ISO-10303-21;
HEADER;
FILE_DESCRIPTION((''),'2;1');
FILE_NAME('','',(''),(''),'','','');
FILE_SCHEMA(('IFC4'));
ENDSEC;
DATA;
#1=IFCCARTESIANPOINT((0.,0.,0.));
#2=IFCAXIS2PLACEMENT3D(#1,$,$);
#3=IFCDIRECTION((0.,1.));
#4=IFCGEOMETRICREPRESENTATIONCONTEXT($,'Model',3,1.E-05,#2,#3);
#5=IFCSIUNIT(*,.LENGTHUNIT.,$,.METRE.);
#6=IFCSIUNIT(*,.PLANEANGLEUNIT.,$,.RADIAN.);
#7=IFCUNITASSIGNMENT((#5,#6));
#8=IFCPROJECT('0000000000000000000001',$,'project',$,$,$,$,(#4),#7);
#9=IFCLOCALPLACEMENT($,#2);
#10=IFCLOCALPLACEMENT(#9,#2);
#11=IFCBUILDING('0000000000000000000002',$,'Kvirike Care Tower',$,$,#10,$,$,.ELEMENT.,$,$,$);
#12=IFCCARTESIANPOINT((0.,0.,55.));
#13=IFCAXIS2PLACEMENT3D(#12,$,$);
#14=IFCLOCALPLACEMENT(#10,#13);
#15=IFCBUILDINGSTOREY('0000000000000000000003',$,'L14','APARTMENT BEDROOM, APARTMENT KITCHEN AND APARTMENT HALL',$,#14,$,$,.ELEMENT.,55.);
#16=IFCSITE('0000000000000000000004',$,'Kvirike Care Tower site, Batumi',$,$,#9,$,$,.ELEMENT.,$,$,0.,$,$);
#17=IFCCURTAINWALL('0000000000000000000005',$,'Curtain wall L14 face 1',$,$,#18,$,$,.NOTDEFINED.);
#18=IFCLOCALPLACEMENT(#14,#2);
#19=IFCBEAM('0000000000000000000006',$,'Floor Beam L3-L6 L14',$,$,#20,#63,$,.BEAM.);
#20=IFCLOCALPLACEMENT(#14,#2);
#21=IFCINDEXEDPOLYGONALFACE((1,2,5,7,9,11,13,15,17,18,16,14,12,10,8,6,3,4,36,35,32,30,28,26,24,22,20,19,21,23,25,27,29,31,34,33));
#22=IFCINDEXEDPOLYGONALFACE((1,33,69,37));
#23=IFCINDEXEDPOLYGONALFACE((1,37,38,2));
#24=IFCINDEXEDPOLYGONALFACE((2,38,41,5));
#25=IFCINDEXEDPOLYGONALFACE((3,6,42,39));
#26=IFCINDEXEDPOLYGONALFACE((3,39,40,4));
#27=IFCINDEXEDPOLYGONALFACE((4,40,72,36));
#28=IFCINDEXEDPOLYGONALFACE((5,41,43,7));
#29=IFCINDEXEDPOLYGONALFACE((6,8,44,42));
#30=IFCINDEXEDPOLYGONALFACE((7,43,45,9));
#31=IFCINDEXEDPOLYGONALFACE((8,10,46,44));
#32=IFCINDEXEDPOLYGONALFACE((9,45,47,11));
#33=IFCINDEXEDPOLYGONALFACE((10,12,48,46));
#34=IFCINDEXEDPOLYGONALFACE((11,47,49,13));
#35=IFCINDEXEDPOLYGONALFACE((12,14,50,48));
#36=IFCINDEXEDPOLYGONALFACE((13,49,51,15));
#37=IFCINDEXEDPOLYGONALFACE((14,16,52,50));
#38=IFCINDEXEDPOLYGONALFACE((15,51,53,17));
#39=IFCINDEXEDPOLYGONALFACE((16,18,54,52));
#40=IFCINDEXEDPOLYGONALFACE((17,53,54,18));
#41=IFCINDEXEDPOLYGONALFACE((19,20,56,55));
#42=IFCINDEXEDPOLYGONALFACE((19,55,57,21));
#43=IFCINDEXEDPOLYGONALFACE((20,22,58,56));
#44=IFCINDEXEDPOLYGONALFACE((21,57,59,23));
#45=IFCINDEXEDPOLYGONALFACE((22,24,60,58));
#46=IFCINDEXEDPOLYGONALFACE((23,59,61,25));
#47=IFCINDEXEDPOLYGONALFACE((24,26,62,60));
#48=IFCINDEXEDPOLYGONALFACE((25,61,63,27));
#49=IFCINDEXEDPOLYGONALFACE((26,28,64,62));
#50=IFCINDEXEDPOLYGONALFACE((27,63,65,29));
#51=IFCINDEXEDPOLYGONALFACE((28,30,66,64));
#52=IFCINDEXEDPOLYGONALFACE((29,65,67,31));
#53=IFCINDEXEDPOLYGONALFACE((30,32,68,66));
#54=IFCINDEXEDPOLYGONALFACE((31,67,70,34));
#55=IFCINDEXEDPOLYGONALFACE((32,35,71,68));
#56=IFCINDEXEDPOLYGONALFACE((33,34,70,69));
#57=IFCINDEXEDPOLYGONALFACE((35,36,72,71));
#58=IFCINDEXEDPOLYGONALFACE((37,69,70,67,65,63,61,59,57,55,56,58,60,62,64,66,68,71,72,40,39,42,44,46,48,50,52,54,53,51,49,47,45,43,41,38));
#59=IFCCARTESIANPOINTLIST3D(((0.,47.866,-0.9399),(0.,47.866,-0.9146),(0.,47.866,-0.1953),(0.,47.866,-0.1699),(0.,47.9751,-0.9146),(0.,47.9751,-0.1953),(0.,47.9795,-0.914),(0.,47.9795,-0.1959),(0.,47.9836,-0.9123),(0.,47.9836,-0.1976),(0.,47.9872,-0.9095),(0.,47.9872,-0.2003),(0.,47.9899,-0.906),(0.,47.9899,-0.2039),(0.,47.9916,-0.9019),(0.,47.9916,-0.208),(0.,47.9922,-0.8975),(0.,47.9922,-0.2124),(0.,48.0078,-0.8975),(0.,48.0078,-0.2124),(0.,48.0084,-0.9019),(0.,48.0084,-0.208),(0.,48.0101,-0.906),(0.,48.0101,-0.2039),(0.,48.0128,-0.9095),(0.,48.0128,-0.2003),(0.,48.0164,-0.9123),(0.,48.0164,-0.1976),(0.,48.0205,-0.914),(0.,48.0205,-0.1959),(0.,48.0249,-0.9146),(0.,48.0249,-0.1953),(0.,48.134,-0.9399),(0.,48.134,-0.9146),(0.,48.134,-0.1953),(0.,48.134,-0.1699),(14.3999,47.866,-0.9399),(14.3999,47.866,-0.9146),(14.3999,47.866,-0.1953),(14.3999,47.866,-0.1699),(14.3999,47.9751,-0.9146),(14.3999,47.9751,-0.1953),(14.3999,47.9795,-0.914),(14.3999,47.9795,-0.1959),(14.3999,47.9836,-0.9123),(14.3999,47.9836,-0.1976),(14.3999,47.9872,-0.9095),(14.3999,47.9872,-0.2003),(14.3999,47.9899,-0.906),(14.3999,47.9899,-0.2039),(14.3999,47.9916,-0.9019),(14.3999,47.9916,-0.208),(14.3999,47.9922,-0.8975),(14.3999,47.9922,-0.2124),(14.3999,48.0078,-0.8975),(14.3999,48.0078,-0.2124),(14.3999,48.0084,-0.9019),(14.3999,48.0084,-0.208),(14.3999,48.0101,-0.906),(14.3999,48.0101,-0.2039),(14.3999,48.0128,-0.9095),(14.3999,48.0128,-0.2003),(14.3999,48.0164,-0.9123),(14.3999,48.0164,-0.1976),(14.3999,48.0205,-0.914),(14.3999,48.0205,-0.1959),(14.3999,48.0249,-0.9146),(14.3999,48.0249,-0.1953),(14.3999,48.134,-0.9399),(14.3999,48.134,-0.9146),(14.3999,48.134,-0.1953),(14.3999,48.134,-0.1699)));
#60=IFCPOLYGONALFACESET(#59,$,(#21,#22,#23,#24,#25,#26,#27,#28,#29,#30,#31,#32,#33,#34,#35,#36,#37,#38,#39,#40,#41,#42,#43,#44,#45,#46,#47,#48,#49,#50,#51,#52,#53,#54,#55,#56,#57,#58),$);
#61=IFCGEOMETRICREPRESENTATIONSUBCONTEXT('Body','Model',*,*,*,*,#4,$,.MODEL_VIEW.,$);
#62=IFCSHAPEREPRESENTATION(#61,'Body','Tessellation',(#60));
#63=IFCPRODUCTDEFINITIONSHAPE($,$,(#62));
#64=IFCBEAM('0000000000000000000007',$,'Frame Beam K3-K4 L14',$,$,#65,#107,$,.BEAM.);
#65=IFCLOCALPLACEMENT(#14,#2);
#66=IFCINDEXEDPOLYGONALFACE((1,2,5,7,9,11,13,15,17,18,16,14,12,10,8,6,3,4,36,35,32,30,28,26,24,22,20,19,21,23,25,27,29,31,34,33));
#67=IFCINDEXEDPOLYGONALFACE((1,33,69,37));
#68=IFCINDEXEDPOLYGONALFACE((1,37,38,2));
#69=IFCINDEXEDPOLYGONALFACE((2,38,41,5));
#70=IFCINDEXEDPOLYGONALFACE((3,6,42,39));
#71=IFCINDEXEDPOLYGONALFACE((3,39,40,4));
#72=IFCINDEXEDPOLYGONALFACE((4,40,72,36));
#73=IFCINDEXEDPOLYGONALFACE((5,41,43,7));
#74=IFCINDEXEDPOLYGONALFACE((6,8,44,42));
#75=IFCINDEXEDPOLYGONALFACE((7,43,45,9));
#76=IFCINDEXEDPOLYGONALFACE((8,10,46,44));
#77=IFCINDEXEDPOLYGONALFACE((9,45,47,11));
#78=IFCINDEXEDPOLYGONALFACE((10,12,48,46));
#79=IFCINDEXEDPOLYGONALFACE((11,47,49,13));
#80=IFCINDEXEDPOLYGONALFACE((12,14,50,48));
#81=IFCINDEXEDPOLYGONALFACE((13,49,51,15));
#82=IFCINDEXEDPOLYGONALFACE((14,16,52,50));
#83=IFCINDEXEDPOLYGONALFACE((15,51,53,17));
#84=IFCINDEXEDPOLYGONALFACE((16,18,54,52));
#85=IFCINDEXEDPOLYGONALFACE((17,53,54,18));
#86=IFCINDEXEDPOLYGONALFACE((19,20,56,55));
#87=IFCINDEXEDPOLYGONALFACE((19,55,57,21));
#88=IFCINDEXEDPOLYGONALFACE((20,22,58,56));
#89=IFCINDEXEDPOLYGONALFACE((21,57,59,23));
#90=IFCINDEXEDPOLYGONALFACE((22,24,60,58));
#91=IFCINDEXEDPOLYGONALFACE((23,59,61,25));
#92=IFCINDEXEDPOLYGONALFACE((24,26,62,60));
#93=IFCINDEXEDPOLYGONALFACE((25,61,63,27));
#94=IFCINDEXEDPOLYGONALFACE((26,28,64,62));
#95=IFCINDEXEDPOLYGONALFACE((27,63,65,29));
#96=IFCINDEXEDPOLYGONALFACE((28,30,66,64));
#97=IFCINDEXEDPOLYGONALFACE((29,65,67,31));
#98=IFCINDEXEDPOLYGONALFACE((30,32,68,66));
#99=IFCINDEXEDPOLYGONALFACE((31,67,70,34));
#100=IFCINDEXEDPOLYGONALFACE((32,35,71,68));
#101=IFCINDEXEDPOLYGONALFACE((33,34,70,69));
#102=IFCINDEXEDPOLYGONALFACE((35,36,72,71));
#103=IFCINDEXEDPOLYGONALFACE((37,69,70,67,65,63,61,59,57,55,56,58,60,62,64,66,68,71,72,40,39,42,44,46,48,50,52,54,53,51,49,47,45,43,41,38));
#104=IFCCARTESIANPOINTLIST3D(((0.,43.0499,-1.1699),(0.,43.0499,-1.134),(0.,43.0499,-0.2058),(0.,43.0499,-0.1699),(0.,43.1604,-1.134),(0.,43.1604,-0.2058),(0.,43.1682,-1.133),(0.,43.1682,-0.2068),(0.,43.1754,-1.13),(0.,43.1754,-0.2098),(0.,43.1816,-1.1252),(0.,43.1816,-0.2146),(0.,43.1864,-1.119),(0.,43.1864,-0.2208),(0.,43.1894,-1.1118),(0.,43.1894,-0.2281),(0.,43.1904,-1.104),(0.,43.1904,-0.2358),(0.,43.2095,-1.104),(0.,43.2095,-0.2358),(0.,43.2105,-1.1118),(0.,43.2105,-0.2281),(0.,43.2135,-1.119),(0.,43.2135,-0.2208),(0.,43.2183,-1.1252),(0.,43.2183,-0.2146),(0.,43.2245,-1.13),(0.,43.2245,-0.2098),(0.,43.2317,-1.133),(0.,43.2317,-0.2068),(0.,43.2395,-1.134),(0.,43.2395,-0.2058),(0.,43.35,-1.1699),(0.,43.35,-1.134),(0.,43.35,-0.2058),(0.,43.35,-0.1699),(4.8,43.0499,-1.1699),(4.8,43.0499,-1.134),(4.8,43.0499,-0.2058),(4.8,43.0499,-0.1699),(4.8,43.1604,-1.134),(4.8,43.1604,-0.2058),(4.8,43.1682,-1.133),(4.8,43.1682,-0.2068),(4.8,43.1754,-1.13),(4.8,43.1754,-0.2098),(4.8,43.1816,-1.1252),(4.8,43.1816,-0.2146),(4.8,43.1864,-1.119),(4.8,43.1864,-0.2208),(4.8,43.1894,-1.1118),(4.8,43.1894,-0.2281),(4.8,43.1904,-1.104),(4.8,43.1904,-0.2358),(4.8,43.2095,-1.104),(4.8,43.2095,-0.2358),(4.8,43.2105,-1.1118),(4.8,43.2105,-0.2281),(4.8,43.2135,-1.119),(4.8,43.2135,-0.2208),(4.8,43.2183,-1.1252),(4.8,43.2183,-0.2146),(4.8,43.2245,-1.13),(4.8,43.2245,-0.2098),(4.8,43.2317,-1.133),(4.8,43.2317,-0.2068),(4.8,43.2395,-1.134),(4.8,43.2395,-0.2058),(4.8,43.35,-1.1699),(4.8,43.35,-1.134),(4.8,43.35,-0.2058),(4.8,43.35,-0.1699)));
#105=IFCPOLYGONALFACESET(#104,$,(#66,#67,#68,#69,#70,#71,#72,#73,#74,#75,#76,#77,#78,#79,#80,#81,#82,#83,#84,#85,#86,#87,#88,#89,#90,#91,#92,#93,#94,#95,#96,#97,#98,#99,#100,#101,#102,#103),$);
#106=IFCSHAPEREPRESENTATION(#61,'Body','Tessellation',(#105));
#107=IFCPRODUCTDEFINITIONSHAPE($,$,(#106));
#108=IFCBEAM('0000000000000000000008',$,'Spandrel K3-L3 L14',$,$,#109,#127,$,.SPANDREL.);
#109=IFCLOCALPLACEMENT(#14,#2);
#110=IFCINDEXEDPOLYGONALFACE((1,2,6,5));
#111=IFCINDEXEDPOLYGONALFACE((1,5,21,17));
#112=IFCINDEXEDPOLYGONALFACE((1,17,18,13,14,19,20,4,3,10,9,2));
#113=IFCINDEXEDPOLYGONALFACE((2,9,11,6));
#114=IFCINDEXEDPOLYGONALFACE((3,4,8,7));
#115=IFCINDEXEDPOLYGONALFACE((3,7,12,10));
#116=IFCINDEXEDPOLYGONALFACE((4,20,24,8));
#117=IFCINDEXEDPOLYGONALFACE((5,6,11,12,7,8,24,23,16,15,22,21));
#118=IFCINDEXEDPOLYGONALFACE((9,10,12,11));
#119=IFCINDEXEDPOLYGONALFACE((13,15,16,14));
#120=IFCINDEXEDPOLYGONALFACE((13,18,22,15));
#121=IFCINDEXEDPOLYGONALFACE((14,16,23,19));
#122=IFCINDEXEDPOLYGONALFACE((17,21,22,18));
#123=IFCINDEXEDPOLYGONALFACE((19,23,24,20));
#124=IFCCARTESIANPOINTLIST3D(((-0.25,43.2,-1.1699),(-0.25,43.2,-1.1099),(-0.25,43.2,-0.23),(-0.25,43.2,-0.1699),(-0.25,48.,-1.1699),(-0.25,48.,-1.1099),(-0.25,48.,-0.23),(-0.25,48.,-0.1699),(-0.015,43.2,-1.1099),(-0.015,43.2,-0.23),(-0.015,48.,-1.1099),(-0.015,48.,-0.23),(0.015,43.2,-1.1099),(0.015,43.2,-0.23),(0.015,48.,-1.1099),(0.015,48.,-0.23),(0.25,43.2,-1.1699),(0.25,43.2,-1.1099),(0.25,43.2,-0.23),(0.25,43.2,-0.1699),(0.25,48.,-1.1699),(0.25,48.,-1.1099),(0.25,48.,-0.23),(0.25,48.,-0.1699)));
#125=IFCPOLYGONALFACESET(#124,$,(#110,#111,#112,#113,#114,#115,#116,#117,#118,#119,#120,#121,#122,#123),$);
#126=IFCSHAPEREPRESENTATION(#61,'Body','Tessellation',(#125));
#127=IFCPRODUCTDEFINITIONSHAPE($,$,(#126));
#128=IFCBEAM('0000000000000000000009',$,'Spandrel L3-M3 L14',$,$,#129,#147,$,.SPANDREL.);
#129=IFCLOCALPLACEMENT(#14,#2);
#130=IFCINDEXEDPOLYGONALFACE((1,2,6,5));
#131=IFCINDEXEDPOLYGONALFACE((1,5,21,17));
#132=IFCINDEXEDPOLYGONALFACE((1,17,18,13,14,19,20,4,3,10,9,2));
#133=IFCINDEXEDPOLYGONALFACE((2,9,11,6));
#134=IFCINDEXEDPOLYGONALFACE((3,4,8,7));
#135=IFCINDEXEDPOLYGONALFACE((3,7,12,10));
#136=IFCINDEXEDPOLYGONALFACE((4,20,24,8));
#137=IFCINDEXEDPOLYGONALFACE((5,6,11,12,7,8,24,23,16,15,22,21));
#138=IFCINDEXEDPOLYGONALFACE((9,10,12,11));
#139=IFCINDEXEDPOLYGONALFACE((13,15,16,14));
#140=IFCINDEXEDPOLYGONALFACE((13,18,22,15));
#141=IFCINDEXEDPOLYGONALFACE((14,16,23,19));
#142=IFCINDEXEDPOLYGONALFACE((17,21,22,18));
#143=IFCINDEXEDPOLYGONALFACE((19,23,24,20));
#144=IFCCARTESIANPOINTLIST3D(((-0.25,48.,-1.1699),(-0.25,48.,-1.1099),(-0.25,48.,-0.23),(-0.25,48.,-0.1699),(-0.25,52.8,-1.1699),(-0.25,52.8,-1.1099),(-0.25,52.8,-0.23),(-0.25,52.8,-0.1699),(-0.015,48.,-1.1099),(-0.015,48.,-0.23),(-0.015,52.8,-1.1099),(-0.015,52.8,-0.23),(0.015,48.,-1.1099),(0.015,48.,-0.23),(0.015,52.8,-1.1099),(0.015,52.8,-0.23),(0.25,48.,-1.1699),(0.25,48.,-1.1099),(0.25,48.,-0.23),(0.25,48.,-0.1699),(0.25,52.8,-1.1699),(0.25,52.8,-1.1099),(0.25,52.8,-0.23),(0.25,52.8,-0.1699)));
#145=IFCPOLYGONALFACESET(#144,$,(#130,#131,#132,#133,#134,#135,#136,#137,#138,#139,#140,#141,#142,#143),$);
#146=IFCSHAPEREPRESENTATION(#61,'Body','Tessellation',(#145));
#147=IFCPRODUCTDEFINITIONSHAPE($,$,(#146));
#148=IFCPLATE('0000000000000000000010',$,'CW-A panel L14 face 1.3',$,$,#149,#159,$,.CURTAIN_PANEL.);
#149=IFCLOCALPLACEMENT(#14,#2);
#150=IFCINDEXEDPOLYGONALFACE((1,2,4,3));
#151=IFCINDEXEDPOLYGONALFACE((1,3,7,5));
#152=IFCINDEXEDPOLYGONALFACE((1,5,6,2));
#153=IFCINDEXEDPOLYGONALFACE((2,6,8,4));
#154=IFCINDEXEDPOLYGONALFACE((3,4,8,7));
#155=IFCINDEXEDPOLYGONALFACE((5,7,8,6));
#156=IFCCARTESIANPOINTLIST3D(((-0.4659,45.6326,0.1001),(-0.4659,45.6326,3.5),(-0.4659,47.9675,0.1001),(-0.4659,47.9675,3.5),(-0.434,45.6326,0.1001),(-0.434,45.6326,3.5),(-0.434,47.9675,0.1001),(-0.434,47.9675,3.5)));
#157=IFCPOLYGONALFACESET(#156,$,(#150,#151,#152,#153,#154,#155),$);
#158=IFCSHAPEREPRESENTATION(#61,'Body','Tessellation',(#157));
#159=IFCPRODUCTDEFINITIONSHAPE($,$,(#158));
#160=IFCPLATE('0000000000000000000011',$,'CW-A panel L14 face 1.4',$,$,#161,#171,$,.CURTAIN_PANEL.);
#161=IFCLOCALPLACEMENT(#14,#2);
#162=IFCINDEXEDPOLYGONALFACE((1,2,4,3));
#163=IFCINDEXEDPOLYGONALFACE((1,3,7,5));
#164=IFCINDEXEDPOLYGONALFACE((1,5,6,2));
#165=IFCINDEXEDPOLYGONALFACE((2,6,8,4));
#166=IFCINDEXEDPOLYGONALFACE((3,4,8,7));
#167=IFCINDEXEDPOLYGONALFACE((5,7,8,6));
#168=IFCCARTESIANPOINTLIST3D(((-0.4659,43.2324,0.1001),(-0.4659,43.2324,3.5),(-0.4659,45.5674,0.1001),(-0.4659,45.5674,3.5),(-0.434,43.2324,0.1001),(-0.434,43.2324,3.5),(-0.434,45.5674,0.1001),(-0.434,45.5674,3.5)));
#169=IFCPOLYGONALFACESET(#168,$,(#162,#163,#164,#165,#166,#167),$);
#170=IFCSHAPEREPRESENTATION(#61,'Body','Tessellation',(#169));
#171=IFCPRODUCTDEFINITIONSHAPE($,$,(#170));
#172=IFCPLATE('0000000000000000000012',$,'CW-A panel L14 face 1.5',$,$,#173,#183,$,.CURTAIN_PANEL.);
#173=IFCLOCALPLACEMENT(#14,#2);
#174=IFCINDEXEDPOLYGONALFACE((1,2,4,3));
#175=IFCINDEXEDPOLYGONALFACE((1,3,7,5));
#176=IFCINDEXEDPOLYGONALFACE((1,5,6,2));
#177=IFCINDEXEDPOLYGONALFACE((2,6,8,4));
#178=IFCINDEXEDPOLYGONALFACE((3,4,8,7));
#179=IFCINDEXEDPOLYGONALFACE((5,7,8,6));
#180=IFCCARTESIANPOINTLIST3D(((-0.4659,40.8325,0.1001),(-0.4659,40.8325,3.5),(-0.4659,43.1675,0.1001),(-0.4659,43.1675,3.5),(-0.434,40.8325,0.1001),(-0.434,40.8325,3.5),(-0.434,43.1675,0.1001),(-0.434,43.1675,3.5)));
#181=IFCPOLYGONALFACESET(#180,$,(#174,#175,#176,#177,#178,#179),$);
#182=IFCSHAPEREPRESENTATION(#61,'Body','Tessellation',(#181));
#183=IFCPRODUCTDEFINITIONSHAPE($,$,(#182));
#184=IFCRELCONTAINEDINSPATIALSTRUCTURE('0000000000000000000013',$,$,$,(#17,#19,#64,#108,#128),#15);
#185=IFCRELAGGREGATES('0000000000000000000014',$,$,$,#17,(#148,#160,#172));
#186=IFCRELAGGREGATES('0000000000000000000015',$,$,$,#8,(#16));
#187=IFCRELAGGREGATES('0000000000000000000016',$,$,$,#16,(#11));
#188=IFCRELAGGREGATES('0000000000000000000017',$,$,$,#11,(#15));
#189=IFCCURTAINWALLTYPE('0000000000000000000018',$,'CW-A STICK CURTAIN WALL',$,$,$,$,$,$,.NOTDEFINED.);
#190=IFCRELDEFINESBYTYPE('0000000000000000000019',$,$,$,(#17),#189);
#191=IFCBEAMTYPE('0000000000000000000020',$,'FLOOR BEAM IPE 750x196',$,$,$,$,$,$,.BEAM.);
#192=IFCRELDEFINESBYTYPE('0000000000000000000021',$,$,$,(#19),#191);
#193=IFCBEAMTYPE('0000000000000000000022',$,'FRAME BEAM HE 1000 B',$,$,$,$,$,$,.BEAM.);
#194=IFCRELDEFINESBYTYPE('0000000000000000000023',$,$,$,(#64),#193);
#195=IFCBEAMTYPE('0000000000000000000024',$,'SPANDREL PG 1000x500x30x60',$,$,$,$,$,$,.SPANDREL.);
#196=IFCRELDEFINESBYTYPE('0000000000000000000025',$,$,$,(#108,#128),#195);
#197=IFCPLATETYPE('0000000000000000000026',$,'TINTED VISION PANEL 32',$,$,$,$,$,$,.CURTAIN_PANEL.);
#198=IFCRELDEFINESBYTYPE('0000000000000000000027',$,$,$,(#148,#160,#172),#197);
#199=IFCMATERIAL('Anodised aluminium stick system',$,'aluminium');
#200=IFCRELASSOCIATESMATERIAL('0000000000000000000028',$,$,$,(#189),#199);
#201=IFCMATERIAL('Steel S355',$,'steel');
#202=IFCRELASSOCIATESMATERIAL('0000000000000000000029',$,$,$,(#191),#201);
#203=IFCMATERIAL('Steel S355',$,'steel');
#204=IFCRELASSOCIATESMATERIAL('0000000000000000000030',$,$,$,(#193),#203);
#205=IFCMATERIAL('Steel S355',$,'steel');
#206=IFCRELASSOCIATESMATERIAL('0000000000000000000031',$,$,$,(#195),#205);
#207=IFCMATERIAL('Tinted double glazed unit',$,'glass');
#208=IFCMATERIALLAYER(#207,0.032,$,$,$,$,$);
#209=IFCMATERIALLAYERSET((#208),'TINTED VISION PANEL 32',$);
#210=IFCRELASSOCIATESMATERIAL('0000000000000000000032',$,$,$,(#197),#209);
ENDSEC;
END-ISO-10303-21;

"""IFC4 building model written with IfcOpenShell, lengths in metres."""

from ifc_helpers import new_model, si_unit, direction, frame, origin, origin_2d, place, context, subcontext, project, spatial, rectangle, i_section, extrude, material, layer, layer_set, material_profile, profile_set, type_object, element, aggregate, save


model = new_model("IFC4")

# Units and contexts
model_context = context("Model", 3, precision=1e-05, world=origin(), true_north=direction((0.0, 1.0)))
body_context = subcontext(model_context, "Body", "Model", "MODEL_VIEW")
ifc_project = project(units=[si_unit("LENGTHUNIT", "METRE"), si_unit("PLANEANGLEUNIT", "RADIAN")], contexts=[model_context])

# Site, building, storey
site_placement = place(None, origin())
site = spatial("IfcSite", under=ifc_project, at=site_placement, Name="Kvirike Care Tower site, Batumi", CompositionType="ELEMENT", RefElevation=0.0)
building_placement = place(site_placement, origin())
building = spatial("IfcBuilding", under=site, at=building_placement, Name="Kvirike Care Tower", CompositionType="ELEMENT")
storey_placement = place(building_placement, frame((0.0, 0.0, 55.0)))
storey = spatial("IfcBuildingStorey", under=building, at=storey_placement, Name="L14", Description="APARTMENT BEDROOM, APARTMENT KITCHEN AND APARTMENT HALL", CompositionType="ELEMENT", Elevation=55.0)

# Curtain wall
ifc_material_1 = material(Name="Anodised aluminium stick system", Category="aluminium")
curtain_wall_type = type_object("IfcCurtainWallType", Name="CW-A STICK CURTAIN WALL", PredefinedType="NOTDEFINED", material=ifc_material_1)
curtain_wall_placement = place(storey_placement, origin())
curtain_wall = element("IfcCurtainWall", 1, at=curtain_wall_placement, inside=storey, type_object=curtain_wall_type, Name="Curtain wall L14 face 1", PredefinedType="NOTDEFINED")

# Beams
ifc_material_2 = material(Name="Steel S355", Category="steel")
ifc_material_profile_1 = material_profile(ifc_material_2, i_section(OverallWidth=0.2681, OverallDepth=0.77, WebThickness=0.0156, FlangeThickness=0.0254, FilletRadius=0.0171, at=origin_2d()), Name="IPE 750x196")
ifc_profile_set_1 = profile_set([ifc_material_profile_1], Name="Steel S355")
beam_type_1 = type_object("IfcBeamType", Name="FLOOR BEAM IPE 750x196", PredefinedType="BEAM", material=ifc_profile_set_1)
beam_1_placement = place(storey_placement, frame((0.0, 48.0, -0.5549), z_axis=(1.0, 0.0, 0.0), x_axis=(0.0, 1.0, 0.0)))
element("IfcBeam", 2, at=beam_1_placement, inside=storey, type_object=beam_type_1, Name="Floor Beam L3-L6 L14", PredefinedType="BEAM", context=body_context, shape_type="SweptSolid", body=[
    extrude(i_section(OverallWidth=0.2681, OverallDepth=0.77, WebThickness=0.0156, FlangeThickness=0.0254, FilletRadius=0.0171, at=origin_2d()), origin(), (0.0, 0.0, 1.0), 14.3999),
])
ifc_material_3 = material(Name="Steel S355", Category="steel")
ifc_material_profile_2 = material_profile(ifc_material_3, i_section(OverallWidth=0.3, OverallDepth=1.0, WebThickness=0.019, FlangeThickness=0.0359, FilletRadius=0.03, at=origin_2d()), Name="HE 1000 B")
ifc_profile_set_2 = profile_set([ifc_material_profile_2], Name="Steel S355")
beam_type_2 = type_object("IfcBeamType", Name="FRAME BEAM HE 1000 B", PredefinedType="BEAM", material=ifc_profile_set_2)
beam_2_placement = place(storey_placement, frame((0.0, 43.2, -0.6699), z_axis=(1.0, 0.0, 0.0), x_axis=(0.0, 1.0, 0.0)))
element("IfcBeam", 3, at=beam_2_placement, inside=storey, type_object=beam_type_2, Name="Frame Beam K3-K4 L14", PredefinedType="BEAM", context=body_context, shape_type="SweptSolid", body=[
    extrude(i_section(OverallWidth=0.3, OverallDepth=1.0, WebThickness=0.019, FlangeThickness=0.0359, FilletRadius=0.03, at=origin_2d()), origin(), (0.0, 0.0, 1.0), 4.8),
])
ifc_material_4 = material(Name="Steel S355", Category="steel")
ifc_material_profile_3 = material_profile(ifc_material_4, i_section(OverallWidth=0.5, OverallDepth=1.0, WebThickness=0.03, FlangeThickness=0.0601, at=origin_2d()), Name="PG 1000x500x30x60")
ifc_profile_set_3 = profile_set([ifc_material_profile_3], Name="Steel S355")
beam_type_3 = type_object("IfcBeamType", Name="SPANDREL PG 1000x500x30x60", PredefinedType="SPANDREL", material=ifc_profile_set_3)
for number, where, z_axis, x_axis, name in (
    (4, (0.0, 43.2, -0.6699), (0.0, 1.0, 0.0), (-1.0, 0.0, 0.0), "Spandrel K3-L3 L14"),
    (5, (0.0, 48.0, -0.6699), (0.0, 1.0, 0.0), (-1.0, 0.0, 0.0), "Spandrel L3-M3 L14"),
):
    element("IfcBeam", number, at=place(storey_placement, frame(where, z_axis=z_axis, x_axis=x_axis)), inside=storey, type_object=beam_type_3, Name=name, PredefinedType="SPANDREL", context=body_context, shape_type="SweptSolid", body=[
        extrude(i_section(OverallWidth=0.5, OverallDepth=1.0, WebThickness=0.03, FlangeThickness=0.0601, at=origin_2d()), origin(), (0.0, 0.0, 1.0), 4.8),
    ])

# Plates
ifc_material_5 = material(Name="Tinted double glazed unit", Category="glass")
ifc_layer_1 = layer(ifc_material_5, 0.032)
ifc_layer_set_1 = layer_set([ifc_layer_1], Name="TINTED VISION PANEL 32")
plate_type = type_object("IfcPlateType", Name="TINTED VISION PANEL 32", PredefinedType="CURTAIN_PANEL", material=ifc_layer_set_1)
plate_1_placement = place(storey_placement, frame((-0.45, 46.8, 0.1001), z_axis=(0.0, 0.0, 1.0), x_axis=(0.0, -1.0, 0.0)))
plate_1 = element("IfcPlate", 6, at=plate_1_placement, type_object=plate_type, Name="CW-A panel L14 face 1.3", PredefinedType="CURTAIN_PANEL", context=body_context, shape_type="SweptSolid", body=[
    extrude(rectangle(XDim=2.335, YDim=0.032, at=origin_2d()), origin(), (0.0, 0.0, 1.0), 3.3999),
])
plate_2_placement = place(storey_placement, frame((-0.45, 44.3999, 0.1001), z_axis=(0.0, 0.0, 1.0), x_axis=(0.0, -1.0, 0.0)))
plate_2 = element("IfcPlate", 7, at=plate_2_placement, type_object=plate_type, Name="CW-A panel L14 face 1.4", PredefinedType="CURTAIN_PANEL", context=body_context, shape_type="SweptSolid", body=[
    extrude(rectangle(XDim=2.335, YDim=0.032, at=origin_2d()), origin(), (0.0, 0.0, 1.0), 3.3999),
])
plate_3_placement = place(storey_placement, frame((-0.45, 42.0, 0.1001), z_axis=(0.0, 0.0, 1.0), x_axis=(0.0, -1.0, 0.0)))
plate_3 = element("IfcPlate", 8, at=plate_3_placement, type_object=plate_type, Name="CW-A panel L14 face 1.5", PredefinedType="CURTAIN_PANEL", context=body_context, shape_type="SweptSolid", body=[
    extrude(rectangle(XDim=2.335, YDim=0.032, at=origin_2d()), origin(), (0.0, 0.0, 1.0), 3.3999),
])
aggregate(curtain_wall, [plate_1, plate_2, plate_3])

save(model, "model.ifc")
